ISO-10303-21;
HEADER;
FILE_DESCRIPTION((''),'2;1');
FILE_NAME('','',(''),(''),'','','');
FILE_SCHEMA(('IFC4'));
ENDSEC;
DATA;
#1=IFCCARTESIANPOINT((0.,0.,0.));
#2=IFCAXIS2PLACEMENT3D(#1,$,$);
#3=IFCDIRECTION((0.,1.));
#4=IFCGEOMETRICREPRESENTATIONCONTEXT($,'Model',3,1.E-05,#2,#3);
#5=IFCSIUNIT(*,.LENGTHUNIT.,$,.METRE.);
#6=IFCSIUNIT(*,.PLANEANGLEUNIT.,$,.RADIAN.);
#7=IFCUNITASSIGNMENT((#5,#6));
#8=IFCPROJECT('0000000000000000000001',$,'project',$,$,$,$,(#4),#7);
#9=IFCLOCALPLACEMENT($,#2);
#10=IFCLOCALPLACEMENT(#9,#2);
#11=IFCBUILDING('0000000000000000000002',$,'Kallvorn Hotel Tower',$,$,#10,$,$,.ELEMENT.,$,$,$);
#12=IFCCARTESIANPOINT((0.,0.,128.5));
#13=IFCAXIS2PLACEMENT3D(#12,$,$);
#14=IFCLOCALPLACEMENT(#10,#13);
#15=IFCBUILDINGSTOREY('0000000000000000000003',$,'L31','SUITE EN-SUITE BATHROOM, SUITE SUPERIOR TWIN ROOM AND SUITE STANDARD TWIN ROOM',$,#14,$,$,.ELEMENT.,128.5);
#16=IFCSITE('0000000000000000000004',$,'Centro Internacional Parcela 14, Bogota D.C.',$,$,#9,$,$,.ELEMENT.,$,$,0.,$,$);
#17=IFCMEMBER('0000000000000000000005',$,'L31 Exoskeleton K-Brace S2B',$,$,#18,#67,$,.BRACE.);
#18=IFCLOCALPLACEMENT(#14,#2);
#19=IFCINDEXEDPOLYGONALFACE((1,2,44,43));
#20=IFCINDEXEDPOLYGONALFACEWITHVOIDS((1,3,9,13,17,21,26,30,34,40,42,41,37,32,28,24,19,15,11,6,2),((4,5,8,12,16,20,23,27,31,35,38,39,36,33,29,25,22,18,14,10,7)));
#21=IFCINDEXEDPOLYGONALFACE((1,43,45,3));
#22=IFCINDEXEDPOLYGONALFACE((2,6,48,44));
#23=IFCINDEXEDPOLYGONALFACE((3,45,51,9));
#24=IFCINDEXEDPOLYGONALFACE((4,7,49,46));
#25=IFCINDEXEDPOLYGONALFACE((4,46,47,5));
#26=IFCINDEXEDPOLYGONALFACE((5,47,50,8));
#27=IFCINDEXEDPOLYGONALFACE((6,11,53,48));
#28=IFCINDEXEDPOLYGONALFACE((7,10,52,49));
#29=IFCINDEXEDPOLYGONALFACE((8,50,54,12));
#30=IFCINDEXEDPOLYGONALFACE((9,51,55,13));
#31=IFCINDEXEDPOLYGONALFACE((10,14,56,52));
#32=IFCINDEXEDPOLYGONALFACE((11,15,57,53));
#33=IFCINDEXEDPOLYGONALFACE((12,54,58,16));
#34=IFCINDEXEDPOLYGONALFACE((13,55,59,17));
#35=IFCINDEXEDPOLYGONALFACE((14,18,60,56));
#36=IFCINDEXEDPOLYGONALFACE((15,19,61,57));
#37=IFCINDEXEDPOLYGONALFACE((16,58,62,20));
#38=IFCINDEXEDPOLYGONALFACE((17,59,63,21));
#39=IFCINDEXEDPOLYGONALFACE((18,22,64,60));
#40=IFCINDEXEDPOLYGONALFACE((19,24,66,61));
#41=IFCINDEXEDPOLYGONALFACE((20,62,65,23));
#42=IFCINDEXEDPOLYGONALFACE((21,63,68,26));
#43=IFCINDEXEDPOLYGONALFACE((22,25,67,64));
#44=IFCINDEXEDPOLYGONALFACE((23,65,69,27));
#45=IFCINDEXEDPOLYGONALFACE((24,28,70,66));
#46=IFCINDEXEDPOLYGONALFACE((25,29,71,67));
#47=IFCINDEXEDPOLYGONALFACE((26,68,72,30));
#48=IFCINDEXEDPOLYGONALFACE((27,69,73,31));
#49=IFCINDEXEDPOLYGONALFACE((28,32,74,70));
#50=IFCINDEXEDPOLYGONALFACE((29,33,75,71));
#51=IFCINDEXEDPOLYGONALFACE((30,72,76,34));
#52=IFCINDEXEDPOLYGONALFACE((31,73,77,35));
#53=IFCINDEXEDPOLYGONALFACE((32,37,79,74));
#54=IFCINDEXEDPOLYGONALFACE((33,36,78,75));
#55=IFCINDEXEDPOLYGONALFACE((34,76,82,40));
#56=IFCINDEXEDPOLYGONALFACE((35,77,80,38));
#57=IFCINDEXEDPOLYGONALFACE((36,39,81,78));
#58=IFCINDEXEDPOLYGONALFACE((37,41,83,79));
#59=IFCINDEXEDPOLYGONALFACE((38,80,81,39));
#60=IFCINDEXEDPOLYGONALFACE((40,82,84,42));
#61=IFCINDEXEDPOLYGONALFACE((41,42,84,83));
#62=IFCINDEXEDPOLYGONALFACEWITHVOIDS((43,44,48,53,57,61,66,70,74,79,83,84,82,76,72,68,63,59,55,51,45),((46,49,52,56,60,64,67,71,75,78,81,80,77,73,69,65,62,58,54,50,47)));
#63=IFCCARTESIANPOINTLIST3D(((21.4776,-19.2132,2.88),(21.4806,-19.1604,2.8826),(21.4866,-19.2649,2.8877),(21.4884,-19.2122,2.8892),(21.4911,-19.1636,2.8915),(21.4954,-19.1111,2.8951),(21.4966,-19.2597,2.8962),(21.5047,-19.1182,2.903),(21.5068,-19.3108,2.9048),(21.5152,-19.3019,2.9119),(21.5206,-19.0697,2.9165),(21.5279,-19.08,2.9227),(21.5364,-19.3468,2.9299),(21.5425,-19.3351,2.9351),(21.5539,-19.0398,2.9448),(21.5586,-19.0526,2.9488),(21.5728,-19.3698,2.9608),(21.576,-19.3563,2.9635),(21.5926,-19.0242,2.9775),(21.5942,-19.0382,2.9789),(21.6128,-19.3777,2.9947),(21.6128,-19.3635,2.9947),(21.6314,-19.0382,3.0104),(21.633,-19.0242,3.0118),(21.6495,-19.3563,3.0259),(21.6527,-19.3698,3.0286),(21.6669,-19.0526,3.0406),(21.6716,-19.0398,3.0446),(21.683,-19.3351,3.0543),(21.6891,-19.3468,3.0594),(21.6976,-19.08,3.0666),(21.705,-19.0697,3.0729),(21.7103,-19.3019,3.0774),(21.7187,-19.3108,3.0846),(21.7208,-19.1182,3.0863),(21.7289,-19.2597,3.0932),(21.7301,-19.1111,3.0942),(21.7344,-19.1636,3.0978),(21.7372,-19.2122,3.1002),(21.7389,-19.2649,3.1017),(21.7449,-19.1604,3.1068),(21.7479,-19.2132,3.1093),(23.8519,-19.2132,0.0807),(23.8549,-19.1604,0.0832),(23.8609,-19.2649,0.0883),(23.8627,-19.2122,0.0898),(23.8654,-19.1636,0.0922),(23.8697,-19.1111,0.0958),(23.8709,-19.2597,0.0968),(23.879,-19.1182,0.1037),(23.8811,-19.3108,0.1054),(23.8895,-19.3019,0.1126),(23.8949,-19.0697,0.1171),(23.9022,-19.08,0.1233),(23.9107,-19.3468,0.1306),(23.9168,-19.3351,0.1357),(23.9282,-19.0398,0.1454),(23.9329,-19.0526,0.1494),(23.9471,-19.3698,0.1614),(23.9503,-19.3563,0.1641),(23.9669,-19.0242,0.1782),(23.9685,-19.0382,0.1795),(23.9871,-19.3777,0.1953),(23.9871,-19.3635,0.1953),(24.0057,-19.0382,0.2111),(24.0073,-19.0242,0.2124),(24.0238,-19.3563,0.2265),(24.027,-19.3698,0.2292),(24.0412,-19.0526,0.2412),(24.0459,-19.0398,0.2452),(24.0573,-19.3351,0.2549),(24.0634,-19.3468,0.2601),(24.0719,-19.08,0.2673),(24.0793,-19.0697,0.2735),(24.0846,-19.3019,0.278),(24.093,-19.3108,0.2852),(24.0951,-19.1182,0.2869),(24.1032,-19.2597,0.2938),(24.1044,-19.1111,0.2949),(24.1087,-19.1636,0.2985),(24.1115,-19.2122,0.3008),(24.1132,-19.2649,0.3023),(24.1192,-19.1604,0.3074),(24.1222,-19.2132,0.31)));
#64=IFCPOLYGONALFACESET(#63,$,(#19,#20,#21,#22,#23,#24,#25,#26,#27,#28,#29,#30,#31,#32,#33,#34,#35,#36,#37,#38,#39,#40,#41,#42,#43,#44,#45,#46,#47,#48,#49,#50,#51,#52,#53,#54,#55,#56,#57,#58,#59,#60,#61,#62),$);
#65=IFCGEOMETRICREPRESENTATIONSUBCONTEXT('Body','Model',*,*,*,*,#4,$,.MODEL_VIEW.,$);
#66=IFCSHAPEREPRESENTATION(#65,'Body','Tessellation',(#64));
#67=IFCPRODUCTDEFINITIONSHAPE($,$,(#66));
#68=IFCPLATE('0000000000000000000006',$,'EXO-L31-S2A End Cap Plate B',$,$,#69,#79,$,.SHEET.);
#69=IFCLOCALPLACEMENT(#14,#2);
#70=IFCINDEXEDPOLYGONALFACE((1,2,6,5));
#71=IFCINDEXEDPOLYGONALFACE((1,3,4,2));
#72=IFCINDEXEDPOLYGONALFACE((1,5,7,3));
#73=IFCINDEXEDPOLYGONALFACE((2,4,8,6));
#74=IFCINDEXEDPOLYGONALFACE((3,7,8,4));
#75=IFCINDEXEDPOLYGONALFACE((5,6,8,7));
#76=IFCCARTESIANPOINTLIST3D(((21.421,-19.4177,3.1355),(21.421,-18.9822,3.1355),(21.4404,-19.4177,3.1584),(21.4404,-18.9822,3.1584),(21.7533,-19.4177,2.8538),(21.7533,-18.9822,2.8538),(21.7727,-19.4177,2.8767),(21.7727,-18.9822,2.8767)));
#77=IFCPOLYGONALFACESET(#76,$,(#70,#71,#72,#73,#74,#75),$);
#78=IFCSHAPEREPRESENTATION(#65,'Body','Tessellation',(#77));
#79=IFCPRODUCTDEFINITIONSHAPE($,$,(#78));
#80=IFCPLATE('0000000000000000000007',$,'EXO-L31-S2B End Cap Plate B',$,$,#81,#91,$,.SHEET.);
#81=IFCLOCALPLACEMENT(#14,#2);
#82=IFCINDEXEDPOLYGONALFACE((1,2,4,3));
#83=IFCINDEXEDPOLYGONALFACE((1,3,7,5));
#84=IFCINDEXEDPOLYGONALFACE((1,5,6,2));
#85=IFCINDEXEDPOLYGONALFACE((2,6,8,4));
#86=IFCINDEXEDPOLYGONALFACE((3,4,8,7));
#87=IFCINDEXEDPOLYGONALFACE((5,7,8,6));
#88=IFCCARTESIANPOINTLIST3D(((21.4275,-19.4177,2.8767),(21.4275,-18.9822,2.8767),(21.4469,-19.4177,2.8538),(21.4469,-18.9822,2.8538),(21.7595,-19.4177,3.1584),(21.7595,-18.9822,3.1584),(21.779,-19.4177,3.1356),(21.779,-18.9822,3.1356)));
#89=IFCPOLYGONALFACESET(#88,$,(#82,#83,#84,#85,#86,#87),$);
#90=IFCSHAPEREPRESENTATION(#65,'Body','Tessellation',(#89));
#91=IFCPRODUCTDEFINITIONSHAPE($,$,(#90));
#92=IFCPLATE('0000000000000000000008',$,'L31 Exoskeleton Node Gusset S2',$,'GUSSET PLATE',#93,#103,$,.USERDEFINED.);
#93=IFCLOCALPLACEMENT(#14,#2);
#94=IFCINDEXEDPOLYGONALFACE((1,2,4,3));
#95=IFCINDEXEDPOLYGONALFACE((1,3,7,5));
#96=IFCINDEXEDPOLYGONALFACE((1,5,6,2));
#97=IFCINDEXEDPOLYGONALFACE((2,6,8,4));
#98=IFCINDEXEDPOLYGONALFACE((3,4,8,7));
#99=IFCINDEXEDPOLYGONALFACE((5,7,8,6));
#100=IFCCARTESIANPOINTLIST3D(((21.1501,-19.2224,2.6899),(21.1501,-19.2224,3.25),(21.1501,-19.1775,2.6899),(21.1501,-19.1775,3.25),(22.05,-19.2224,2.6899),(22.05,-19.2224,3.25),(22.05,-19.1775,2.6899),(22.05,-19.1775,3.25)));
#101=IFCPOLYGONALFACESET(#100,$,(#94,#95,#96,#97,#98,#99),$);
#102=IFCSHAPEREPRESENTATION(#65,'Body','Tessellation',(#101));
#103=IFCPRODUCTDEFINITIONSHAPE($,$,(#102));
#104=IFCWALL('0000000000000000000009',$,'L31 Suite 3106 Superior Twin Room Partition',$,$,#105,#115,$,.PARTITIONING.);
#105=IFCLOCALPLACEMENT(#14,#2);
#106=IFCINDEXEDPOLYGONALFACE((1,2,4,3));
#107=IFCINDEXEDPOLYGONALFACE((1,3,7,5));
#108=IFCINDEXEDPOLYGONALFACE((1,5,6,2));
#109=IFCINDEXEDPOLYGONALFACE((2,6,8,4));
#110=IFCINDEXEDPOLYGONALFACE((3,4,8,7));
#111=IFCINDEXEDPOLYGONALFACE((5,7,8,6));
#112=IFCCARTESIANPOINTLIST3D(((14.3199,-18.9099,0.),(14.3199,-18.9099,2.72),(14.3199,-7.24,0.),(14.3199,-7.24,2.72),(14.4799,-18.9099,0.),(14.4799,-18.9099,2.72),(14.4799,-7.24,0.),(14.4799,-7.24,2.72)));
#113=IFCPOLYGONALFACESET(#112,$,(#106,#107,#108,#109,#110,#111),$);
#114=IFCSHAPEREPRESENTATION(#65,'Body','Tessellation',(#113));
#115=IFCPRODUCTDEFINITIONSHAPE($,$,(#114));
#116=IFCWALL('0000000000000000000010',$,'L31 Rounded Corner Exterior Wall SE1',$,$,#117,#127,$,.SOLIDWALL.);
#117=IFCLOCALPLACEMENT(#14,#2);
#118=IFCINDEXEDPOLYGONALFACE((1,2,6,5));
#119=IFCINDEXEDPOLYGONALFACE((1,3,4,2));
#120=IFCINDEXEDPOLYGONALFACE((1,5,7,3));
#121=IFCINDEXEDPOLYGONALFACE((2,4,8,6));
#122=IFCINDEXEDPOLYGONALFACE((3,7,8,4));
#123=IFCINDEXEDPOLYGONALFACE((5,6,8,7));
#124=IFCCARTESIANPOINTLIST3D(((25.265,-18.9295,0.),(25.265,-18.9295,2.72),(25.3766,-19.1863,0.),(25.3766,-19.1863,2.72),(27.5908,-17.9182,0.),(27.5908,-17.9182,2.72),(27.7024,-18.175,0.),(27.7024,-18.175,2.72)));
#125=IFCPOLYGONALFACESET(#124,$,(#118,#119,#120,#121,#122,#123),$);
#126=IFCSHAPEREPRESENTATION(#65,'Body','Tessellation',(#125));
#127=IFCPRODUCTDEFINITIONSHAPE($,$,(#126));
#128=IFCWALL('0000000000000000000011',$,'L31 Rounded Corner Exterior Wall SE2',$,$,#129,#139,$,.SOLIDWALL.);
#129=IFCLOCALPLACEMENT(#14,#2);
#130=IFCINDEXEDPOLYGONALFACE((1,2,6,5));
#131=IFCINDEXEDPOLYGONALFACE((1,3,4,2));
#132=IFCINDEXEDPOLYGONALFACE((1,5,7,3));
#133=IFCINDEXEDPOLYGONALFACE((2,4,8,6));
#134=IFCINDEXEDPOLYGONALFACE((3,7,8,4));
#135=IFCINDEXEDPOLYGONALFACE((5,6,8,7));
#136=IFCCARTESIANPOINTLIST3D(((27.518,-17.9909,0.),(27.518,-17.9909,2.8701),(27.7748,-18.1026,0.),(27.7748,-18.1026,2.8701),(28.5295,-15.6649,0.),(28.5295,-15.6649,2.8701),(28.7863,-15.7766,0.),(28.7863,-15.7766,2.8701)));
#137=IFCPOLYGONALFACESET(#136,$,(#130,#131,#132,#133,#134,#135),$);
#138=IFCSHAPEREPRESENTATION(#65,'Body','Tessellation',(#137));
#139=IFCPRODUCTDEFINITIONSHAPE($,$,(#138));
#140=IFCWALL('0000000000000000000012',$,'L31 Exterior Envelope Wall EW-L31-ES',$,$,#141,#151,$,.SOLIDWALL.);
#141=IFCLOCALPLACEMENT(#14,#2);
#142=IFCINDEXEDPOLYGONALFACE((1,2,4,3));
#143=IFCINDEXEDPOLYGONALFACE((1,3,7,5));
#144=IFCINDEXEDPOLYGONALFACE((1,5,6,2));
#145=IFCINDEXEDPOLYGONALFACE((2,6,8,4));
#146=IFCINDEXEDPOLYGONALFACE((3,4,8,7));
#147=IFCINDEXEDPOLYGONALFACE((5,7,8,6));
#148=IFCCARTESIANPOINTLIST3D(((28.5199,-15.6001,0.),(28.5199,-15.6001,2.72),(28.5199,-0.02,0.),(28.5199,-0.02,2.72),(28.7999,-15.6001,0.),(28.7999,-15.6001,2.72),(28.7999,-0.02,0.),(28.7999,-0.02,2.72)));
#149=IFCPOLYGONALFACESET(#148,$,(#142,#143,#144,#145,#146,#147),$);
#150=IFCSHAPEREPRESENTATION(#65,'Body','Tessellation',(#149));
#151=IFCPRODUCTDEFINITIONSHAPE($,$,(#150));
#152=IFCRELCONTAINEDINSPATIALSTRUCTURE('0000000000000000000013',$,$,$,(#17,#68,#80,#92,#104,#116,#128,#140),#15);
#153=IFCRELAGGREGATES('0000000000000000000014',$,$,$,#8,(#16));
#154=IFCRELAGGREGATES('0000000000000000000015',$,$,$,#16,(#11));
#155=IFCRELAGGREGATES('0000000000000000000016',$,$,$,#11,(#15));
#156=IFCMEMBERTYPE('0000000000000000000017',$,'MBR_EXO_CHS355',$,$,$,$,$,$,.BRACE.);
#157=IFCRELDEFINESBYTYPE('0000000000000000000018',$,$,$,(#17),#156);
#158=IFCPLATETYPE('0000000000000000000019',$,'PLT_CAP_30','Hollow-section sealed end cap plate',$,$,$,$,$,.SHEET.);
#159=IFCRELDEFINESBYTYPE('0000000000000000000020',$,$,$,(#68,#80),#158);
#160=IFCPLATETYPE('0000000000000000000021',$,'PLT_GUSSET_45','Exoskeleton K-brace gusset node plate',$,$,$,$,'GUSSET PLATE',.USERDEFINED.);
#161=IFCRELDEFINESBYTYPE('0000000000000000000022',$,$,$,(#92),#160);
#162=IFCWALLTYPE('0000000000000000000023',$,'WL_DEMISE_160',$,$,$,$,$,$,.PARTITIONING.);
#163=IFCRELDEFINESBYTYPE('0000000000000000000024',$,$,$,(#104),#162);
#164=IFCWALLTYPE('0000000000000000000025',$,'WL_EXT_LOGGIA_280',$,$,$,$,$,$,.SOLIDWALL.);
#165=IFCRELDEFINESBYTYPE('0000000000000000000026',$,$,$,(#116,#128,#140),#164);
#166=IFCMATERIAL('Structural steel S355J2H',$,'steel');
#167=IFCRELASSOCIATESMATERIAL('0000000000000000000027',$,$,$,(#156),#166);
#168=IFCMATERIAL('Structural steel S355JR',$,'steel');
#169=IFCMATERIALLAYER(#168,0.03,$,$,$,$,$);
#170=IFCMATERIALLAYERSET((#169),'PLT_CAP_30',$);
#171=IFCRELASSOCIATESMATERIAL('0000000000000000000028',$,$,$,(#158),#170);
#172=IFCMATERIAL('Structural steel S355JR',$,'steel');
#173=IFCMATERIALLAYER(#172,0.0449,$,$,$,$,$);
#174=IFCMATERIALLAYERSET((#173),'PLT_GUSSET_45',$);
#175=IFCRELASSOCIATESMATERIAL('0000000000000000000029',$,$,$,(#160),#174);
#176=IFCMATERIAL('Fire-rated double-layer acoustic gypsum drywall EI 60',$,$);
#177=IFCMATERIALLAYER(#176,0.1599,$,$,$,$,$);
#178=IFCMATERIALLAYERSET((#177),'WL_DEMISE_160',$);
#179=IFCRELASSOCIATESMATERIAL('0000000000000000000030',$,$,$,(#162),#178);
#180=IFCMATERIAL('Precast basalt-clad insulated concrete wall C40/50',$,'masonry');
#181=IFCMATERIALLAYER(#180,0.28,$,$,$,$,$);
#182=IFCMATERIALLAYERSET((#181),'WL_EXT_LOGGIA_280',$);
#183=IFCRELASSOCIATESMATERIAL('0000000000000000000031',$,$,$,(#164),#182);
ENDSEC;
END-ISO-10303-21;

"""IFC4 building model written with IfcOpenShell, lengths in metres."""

from ifc_helpers import new_model, si_unit, direction, frame, frame_2d, origin, origin_2d, place, context, subcontext, project, spatial, polyline, rectangle, hollow_circle, outline, extrude, material, layer, layer_set, material_profile, profile_set, type_object, element, save


model = new_model("IFC4")

# Units and contexts
model_context = context("Model", 3, precision=1e-05, world=origin(), true_north=direction((0.0, 1.0)))
body_context = subcontext(model_context, "Body", "Model", "MODEL_VIEW")
ifc_project = project(units=[si_unit("LENGTHUNIT", "METRE"), si_unit("PLANEANGLEUNIT", "RADIAN")], contexts=[model_context])

# Site, building, storey
site_placement = place(None, origin())
site = spatial("IfcSite", under=ifc_project, at=site_placement, Name="Centro Internacional Parcela 14, Bogota D.C.", CompositionType="ELEMENT", RefElevation=0.0)
building_placement = place(site_placement, origin())
building = spatial("IfcBuilding", under=site, at=building_placement, Name="Kallvorn Hotel Tower", CompositionType="ELEMENT")
storey_placement = place(building_placement, frame((0.0, 0.0, 128.5)))
storey = spatial("IfcBuildingStorey", under=building, at=storey_placement, Name="L31", Description="SUITE EN-SUITE BATHROOM, SUITE SUPERIOR TWIN ROOM AND SUITE STANDARD TWIN ROOM", CompositionType="ELEMENT", Elevation=128.5)

# Member
ifc_material_1 = material(Name="Structural steel S355J2H", Category="steel")
ifc_material_profile_1 = material_profile(ifc_material_1, hollow_circle(Radius=0.1777, WallThickness=0.0142, at=origin_2d()), Name="CHS 355.6x14.2")
ifc_profile_set_1 = profile_set([ifc_material_profile_1], Name="Structural steel S355J2H")
member_type = type_object("IfcMemberType", Name="MBR_EXO_CHS355", PredefinedType="BRACE", material=ifc_profile_set_1)
for number, where, z_axis, x_axis, name in (
    (1, (23.9871, -19.2, 0.1953), (-0.646833, 0.0, 0.762631), (0.0, -1.0, 0.0), "L31 Exoskeleton K-Brace S2B"),
):
    element("IfcMember", number, at=place(storey_placement, frame(where, z_axis=z_axis, x_axis=x_axis)), inside=storey, type_object=member_type, Name=name, PredefinedType="BRACE", context=body_context, shape_type="SweptSolid", body=[
        extrude(hollow_circle(Radius=0.1777, WallThickness=0.0142, at=origin_2d()), origin(), (0.0, 0.0, 1.0), 3.6707),
    ])

# Plates
ifc_material_2 = material(Name="Structural steel S355JR", Category="steel")
ifc_layer_1 = layer(ifc_material_2, 0.03)
ifc_layer_set_1 = layer_set([ifc_layer_1], Name="PLT_CAP_30")
plate_type_1 = type_object("IfcPlateType", Name="PLT_CAP_30", Description="Hollow-section sealed end cap plate", PredefinedType="SHEET", material=ifc_layer_set_1)
plate_1_placement = place(storey_placement, frame((21.7727, -19.4177, 2.8767), z_axis=(0.646721, 0.0, 0.762727), x_axis=(0.0, 1.0, 0.0)))
element("IfcPlate", 2, at=plate_1_placement, inside=storey, type_object=plate_type_1, Name="EXO-L31-S2A End Cap Plate B", PredefinedType="SHEET", context=body_context, shape_type="SweptSolid", body=[
    extrude(outline(polyline([(0.0, 0.0), (0.4355, 0.0), (0.4355, 0.4356), (0.0, 0.4356), (0.0, 0.0)])), origin(), (0.0, 0.0, -1.0), 0.03),
])
plate_2_placement = place(storey_placement, frame((21.4275, -18.9822, 2.8767), z_axis=(-0.646997, 0.0, 0.762492), x_axis=(0.0, -1.0, 0.0)))
element("IfcPlate", 3, at=plate_2_placement, inside=storey, type_object=plate_type_1, Name="EXO-L31-S2B End Cap Plate B", PredefinedType="SHEET", context=body_context, shape_type="SweptSolid", body=[
    extrude(outline(polyline([(0.0, 0.0), (0.4355, 0.0), (0.4355, 0.4355), (0.0, 0.4355), (0.0, 0.0)])), origin(), (0.0, 0.0, -1.0), 0.03),
])
ifc_material_3 = material(Name="Structural steel S355JR", Category="steel")
ifc_layer_2 = layer(ifc_material_3, 0.0449)
ifc_layer_set_2 = layer_set([ifc_layer_2], Name="PLT_GUSSET_45")
plate_type_2 = type_object("IfcPlateType", Name="PLT_GUSSET_45", Description="Exoskeleton K-brace gusset node plate", ElementType="GUSSET PLATE", PredefinedType="USERDEFINED", material=ifc_layer_set_2)
plate_3_placement = place(storey_placement, frame((21.6001, -19.2, 2.6899), z_axis=(0.0, 0.0, 1.0), x_axis=(1.0, 0.0, 0.0)))
element("IfcPlate", 4, at=plate_3_placement, inside=storey, type_object=plate_type_2, Name="L31 Exoskeleton Node Gusset S2", ObjectType="GUSSET PLATE", PredefinedType="USERDEFINED", context=body_context, shape_type="SweptSolid", body=[
    extrude(rectangle(XDim=0.8999, YDim=0.0449, at=origin_2d()), origin(), (0.0, 0.0, 1.0), 0.5601),
])

# Walls
ifc_material_4 = material(Name="Fire-rated double-layer acoustic gypsum drywall EI 60")
ifc_layer_3 = layer(ifc_material_4, 0.1599)
ifc_layer_set_3 = layer_set([ifc_layer_3], Name="WL_DEMISE_160")
wall_type_1 = type_object("IfcWallType", Name="WL_DEMISE_160", PredefinedType="PARTITIONING", material=ifc_layer_set_3)
wall_1_placement = place(storey_placement, frame((14.3999, -18.9099, 0.0), z_axis=(0.0, 0.0, 1.0), x_axis=(0.0, 1.0, 0.0)))
element("IfcWall", 5, at=wall_1_placement, inside=storey, type_object=wall_type_1, Name="L31 Suite 3106 Superior Twin Room Partition", PredefinedType="PARTITIONING", context=body_context, shape_type="SweptSolid", body=[
    extrude(rectangle(XDim=11.6699, YDim=0.1599, at=frame_2d((5.835, 0.0))), origin(), (0.0, 0.0, 1.0), 2.72),
])
ifc_material_5 = material(Name="Precast basalt-clad insulated concrete wall C40/50", Category="masonry")
ifc_layer_4 = layer(ifc_material_5, 0.28)
ifc_layer_set_4 = layer_set([ifc_layer_4], Name="WL_EXT_LOGGIA_280")
wall_type_2 = type_object("IfcWallType", Name="WL_EXT_LOGGIA_280", PredefinedType="SOLIDWALL", material=ifc_layer_set_4)
wall_2_placement = place(storey_placement, frame((25.3208, -19.0579, 0.0), z_axis=(0.0, 0.0, 1.0), x_axis=(0.917061, 0.398747, 0.0)))
element("IfcWall", 6, at=wall_2_placement, inside=storey, type_object=wall_type_2, Name="L31 Rounded Corner Exterior Wall SE1", PredefinedType="SOLIDWALL", context=body_context, shape_type="SweptSolid", body=[
    extrude(rectangle(XDim=2.5361, YDim=0.28, at=frame_2d((1.2681, 0.0))), origin(), (0.0, 0.0, 1.0), 2.72),
])
wall_3_placement = place(storey_placement, frame((27.6465, -18.0466, 0.0), z_axis=(0.0, 0.0, 1.0), x_axis=(0.398793, 0.917041, 0.0)))
element("IfcWall", 7, at=wall_3_placement, inside=storey, type_object=wall_type_2, Name="L31 Rounded Corner Exterior Wall SE2", PredefinedType="SOLIDWALL", context=body_context, shape_type="SweptSolid", body=[
    extrude(rectangle(XDim=2.5364, YDim=0.28, at=frame_2d((1.2681, 0.0))), origin(), (0.0, 0.0, 1.0), 2.8701),
])
wall_4_placement = place(storey_placement, frame((28.6599, -15.6001, 0.0), z_axis=(0.0, 0.0, 1.0), x_axis=(0.0, 1.0, 0.0)))
element("IfcWall", 8, at=wall_4_placement, inside=storey, type_object=wall_type_2, Name="L31 Exterior Envelope Wall EW-L31-ES", PredefinedType="SOLIDWALL", context=body_context, shape_type="SweptSolid", body=[
    extrude(rectangle(XDim=15.5801, YDim=0.28, at=frame_2d((7.79, 0.0))), origin(), (0.0, 0.0, 1.0), 2.72),
])

save(model, "model.ifc")
